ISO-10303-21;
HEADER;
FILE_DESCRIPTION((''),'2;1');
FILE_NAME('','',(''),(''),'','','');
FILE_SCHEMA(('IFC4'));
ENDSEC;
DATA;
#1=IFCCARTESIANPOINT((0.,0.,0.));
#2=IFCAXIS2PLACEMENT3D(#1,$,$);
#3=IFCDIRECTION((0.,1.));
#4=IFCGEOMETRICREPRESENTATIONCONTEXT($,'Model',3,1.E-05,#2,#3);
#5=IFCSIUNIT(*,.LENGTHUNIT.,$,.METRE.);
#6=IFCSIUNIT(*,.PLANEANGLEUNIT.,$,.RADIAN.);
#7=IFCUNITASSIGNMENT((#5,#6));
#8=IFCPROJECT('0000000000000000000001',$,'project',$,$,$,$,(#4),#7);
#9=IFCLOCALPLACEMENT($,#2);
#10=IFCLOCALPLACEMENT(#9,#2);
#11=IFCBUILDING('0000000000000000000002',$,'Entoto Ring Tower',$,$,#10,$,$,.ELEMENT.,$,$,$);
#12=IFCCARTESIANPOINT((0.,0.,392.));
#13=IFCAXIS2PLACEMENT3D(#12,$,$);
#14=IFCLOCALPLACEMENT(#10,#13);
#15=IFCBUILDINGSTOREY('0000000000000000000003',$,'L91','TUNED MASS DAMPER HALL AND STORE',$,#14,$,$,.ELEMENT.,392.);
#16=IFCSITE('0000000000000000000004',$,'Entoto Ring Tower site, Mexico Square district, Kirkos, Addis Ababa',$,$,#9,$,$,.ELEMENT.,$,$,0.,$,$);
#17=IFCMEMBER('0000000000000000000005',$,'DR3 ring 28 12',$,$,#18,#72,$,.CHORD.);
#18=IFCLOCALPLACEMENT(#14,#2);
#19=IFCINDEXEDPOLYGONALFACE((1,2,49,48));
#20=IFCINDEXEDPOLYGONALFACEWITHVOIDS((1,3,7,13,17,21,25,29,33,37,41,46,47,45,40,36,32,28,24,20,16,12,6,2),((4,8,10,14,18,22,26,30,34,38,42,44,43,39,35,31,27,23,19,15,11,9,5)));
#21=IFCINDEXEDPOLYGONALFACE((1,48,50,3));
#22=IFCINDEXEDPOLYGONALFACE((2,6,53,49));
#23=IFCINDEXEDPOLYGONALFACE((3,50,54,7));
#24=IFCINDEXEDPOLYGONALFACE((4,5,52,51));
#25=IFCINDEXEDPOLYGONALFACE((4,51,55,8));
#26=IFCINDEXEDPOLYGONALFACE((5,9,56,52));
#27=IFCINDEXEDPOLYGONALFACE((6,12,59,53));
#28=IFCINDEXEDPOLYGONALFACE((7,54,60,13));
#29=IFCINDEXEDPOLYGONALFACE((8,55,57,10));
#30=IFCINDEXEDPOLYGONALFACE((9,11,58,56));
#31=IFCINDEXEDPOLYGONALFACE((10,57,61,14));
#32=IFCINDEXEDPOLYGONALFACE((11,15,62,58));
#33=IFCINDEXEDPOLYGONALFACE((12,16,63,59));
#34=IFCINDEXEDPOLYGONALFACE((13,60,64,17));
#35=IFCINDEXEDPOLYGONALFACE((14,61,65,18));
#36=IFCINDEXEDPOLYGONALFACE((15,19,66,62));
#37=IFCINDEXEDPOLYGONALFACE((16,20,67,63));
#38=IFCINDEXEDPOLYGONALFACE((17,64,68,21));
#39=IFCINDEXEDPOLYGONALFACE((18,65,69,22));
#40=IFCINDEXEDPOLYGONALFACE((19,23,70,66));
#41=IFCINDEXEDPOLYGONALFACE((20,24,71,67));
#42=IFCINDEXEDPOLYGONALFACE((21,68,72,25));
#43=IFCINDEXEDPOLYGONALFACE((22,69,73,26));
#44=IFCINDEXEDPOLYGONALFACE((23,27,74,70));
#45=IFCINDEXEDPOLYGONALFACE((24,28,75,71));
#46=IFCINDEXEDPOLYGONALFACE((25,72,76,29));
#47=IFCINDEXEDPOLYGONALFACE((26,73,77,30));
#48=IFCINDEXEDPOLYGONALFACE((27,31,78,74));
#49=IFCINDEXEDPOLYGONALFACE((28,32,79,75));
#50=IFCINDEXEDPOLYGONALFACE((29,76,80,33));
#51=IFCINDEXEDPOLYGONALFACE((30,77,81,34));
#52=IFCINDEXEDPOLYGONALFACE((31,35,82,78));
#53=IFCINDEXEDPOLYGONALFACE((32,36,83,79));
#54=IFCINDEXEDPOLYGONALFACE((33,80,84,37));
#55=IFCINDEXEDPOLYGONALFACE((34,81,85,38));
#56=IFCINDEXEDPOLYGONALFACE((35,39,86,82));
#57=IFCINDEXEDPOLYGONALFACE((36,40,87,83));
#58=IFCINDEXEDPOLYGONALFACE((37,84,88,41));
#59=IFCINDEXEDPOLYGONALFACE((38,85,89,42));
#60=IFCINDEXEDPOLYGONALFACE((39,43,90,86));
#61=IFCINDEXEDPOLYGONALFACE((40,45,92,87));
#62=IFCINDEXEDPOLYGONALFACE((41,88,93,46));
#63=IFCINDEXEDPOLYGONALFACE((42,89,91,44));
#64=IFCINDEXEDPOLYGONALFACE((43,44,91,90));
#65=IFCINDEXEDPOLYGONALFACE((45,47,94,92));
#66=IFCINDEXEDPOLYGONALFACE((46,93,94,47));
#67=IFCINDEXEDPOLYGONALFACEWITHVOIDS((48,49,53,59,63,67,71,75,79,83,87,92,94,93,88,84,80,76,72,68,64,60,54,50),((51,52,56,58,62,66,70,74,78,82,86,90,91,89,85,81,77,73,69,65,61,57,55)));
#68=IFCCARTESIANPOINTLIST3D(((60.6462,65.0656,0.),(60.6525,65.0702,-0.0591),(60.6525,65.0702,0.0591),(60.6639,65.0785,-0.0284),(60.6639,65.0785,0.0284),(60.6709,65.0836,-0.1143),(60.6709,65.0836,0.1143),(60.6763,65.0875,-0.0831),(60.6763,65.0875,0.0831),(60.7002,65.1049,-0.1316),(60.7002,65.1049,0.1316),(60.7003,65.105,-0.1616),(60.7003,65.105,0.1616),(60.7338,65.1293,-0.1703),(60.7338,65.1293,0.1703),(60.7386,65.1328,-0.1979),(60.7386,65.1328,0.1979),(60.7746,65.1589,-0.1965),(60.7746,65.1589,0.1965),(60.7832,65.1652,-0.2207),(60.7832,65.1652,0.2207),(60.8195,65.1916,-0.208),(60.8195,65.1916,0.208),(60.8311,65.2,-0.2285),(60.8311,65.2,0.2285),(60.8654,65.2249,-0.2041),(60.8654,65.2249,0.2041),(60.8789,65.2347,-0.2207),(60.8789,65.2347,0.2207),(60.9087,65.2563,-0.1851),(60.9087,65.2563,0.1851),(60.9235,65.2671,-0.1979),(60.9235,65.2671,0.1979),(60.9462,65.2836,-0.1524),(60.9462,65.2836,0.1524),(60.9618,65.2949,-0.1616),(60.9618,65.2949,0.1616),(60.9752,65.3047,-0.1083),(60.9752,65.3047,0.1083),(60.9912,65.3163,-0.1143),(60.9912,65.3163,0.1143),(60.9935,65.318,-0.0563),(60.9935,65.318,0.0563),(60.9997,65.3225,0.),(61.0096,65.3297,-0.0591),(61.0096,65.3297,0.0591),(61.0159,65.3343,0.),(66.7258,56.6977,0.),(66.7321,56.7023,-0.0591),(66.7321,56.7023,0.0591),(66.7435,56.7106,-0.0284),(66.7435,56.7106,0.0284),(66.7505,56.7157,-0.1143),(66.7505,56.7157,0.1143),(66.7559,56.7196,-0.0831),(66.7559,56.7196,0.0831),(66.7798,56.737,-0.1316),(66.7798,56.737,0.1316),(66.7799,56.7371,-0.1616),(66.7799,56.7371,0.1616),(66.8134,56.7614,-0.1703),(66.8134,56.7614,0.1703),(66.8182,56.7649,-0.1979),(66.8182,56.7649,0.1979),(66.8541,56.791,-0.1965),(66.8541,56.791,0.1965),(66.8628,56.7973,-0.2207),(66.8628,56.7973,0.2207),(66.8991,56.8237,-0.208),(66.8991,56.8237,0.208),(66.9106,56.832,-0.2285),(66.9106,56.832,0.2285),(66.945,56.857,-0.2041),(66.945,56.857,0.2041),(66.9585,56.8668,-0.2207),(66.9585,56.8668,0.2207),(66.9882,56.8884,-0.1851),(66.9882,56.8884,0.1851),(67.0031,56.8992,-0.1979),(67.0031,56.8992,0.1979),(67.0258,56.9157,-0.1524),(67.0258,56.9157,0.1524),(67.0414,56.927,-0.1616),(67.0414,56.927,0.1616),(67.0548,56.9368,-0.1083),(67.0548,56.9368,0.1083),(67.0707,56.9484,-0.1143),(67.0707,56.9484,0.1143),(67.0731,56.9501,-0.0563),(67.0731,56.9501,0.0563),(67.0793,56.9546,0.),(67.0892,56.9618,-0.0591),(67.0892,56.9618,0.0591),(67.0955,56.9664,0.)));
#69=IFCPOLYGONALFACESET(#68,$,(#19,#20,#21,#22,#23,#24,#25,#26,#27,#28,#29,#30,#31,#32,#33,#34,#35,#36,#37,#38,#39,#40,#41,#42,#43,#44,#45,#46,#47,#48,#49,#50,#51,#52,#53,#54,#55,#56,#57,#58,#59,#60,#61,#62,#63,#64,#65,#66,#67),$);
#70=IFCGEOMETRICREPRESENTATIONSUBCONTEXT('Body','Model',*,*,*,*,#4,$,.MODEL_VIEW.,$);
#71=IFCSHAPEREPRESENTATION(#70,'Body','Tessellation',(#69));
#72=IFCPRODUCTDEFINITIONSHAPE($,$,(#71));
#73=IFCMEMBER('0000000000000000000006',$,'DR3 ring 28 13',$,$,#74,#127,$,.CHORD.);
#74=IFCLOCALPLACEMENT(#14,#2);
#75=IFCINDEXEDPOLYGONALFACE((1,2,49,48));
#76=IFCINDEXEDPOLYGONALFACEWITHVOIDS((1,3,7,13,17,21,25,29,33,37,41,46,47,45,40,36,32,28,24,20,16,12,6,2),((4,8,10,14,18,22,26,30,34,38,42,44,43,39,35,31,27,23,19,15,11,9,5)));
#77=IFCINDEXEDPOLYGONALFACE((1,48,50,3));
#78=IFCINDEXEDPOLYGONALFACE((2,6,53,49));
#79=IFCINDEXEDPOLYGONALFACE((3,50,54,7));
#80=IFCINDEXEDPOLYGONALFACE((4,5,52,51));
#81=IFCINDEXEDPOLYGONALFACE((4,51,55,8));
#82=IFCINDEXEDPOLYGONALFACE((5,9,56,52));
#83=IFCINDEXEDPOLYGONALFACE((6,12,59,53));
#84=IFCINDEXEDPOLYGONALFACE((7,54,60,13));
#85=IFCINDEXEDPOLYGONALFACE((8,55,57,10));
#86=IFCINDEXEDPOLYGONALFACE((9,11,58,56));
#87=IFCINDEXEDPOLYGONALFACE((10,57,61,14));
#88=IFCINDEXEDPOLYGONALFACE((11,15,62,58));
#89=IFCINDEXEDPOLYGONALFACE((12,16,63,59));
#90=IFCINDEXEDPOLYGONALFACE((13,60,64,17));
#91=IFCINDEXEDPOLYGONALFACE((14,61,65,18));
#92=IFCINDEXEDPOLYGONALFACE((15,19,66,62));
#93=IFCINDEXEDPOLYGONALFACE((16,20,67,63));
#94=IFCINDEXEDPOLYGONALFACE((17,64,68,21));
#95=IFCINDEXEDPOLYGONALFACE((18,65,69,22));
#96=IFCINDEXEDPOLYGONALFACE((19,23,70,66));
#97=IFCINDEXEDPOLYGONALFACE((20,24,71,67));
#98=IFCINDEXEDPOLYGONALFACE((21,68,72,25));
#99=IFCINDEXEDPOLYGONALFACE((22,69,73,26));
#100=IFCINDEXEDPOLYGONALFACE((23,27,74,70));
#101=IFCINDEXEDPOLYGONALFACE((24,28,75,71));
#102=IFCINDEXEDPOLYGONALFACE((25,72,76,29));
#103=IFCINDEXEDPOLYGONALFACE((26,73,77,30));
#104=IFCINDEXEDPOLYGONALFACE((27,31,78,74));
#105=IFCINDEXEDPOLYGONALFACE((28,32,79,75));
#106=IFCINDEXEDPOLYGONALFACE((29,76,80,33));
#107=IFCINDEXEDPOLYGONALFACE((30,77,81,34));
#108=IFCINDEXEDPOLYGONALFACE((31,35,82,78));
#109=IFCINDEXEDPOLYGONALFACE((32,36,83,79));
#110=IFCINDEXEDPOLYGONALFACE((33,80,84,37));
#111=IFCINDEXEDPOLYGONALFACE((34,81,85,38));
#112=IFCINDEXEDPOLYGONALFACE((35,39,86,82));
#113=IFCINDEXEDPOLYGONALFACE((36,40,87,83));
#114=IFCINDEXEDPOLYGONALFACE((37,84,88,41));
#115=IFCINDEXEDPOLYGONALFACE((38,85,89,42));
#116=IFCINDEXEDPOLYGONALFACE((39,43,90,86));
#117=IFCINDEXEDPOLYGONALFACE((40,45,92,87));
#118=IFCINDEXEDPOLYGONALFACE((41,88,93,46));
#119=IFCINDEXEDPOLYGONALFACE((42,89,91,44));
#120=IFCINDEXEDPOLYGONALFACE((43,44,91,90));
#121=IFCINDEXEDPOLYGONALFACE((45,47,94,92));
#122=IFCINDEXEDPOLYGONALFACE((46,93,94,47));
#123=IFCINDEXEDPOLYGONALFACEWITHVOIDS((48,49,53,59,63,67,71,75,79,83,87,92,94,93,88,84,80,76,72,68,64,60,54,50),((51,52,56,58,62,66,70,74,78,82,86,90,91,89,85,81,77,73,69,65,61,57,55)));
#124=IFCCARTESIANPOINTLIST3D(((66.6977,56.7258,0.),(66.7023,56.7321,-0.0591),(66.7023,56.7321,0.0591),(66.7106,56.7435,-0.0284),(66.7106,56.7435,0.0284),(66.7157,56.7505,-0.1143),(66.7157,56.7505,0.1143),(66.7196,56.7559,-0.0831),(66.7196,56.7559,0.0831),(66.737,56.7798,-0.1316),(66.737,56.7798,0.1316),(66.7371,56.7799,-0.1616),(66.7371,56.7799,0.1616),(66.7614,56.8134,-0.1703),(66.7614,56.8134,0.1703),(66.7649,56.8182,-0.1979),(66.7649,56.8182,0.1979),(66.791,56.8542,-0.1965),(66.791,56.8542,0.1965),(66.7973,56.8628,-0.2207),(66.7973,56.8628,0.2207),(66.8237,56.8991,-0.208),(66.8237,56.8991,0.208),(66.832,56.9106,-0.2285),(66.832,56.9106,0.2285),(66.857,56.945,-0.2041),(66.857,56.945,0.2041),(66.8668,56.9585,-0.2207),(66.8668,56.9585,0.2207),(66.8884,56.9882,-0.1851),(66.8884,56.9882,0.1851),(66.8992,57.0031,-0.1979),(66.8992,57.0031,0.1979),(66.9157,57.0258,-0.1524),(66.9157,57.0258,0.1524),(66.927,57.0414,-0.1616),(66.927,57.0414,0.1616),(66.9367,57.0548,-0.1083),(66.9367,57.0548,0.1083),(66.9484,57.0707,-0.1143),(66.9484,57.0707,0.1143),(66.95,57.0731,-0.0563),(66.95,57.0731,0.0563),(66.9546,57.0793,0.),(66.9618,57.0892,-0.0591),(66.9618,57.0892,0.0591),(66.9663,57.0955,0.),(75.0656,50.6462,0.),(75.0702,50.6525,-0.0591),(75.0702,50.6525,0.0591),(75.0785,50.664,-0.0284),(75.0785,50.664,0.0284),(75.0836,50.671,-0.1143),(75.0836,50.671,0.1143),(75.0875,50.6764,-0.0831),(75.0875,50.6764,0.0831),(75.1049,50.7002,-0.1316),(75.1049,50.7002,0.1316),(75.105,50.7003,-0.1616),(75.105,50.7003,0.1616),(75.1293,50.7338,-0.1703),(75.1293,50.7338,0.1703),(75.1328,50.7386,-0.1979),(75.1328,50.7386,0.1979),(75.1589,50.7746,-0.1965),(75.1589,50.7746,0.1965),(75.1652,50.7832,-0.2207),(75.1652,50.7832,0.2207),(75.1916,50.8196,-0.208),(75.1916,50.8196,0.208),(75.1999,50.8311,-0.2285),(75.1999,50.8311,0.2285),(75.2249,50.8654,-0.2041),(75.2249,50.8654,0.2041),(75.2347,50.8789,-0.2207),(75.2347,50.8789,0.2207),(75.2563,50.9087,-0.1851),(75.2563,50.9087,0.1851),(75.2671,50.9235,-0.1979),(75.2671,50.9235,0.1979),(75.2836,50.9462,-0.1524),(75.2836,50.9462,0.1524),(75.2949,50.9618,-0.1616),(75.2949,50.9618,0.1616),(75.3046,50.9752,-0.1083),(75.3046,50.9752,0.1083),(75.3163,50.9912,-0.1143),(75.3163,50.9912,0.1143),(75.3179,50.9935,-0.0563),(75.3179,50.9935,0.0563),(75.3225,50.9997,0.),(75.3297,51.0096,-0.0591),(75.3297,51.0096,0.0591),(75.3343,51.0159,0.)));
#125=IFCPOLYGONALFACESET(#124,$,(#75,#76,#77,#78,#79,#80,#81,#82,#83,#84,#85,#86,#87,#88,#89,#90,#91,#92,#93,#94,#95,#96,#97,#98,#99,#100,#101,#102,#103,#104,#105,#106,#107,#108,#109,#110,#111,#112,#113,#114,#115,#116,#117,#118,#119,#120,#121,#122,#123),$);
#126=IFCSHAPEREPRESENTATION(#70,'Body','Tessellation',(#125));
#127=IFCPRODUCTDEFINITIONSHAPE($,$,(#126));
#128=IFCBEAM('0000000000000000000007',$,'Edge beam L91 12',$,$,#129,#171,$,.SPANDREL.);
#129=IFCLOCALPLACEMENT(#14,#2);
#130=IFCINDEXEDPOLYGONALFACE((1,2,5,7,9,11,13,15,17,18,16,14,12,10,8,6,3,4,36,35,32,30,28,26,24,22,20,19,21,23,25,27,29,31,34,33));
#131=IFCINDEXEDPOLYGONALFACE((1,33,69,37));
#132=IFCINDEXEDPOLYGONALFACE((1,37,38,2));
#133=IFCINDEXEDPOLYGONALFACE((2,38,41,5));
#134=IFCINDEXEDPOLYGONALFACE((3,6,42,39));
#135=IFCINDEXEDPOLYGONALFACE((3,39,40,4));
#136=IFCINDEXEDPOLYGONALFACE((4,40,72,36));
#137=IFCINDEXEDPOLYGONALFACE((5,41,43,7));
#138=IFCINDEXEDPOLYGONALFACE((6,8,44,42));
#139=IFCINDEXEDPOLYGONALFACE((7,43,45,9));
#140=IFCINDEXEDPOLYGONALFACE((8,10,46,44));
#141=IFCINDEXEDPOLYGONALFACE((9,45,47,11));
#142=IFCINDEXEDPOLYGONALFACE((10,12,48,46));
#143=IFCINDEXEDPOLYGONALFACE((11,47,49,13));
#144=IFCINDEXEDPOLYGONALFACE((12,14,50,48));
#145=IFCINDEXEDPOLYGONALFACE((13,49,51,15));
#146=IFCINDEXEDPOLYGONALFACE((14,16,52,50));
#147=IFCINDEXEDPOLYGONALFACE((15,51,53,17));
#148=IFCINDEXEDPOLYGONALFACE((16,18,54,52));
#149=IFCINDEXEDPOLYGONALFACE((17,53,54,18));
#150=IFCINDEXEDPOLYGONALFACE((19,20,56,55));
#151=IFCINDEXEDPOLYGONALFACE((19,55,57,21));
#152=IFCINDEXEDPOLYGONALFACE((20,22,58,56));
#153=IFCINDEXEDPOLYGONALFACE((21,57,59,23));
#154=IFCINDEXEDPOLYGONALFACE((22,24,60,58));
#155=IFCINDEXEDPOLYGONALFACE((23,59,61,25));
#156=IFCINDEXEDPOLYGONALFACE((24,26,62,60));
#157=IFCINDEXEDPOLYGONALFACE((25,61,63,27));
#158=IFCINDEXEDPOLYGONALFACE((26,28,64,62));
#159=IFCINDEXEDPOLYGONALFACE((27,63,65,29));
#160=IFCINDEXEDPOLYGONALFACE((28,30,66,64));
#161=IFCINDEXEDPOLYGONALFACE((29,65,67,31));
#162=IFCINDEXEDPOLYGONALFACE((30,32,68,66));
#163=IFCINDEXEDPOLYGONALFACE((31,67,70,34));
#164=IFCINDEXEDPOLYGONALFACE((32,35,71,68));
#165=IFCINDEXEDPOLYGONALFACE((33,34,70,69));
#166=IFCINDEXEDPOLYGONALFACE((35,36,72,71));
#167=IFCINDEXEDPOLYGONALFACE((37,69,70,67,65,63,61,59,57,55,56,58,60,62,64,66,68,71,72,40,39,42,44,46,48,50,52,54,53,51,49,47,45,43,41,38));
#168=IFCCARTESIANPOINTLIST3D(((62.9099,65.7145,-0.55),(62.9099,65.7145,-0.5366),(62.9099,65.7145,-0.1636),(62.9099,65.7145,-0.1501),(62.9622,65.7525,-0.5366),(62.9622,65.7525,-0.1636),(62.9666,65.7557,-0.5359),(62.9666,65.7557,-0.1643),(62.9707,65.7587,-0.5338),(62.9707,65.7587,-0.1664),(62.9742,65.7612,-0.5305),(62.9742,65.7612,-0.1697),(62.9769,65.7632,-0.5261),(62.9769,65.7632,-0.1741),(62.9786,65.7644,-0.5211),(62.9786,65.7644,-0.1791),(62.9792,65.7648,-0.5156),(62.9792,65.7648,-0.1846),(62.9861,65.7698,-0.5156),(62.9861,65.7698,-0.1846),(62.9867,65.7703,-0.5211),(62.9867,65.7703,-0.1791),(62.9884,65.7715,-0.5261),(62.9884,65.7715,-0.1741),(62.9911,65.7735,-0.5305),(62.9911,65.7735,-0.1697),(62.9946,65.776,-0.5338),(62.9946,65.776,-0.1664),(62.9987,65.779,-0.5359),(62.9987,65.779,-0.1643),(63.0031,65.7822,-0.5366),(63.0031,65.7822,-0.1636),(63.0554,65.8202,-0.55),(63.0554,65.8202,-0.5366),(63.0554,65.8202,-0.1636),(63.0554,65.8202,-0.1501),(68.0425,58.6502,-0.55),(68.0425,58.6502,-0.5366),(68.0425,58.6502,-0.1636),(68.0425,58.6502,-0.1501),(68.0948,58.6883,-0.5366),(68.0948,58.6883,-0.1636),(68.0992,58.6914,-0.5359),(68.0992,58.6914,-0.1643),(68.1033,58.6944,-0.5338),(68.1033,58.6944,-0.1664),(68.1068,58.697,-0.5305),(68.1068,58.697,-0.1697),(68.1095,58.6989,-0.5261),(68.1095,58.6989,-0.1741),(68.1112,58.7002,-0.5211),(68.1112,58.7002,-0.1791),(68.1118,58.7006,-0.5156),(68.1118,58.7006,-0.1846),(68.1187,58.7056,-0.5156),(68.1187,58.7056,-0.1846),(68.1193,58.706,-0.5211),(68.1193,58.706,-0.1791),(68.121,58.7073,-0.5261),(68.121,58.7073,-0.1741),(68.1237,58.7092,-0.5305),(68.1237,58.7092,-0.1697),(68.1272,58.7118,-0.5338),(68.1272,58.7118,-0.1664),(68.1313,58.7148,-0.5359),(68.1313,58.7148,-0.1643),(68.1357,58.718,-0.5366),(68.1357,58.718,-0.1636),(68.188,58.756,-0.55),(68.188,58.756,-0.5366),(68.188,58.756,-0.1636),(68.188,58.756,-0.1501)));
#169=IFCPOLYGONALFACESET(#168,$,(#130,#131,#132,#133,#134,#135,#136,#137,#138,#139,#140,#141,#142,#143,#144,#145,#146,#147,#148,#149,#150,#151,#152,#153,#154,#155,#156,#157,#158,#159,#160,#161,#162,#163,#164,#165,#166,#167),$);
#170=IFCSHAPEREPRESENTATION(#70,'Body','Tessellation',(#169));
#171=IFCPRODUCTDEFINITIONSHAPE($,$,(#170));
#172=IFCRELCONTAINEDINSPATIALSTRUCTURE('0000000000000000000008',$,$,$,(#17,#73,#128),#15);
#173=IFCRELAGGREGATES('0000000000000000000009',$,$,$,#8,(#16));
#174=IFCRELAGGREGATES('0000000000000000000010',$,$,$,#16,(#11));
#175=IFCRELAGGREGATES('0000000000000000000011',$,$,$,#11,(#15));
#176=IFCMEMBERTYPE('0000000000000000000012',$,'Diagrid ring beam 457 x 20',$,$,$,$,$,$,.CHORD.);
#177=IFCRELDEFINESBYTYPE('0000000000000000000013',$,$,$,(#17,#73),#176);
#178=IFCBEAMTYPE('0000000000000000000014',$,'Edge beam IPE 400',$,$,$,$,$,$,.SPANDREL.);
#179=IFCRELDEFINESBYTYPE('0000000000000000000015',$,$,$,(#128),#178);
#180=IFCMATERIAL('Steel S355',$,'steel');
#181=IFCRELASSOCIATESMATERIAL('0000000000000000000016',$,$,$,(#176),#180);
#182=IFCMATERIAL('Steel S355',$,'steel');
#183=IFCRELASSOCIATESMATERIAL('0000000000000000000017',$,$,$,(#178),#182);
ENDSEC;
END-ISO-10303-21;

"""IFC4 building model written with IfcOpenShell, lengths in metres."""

from ifc_helpers import new_model, si_unit, direction, frame, origin, origin_2d, place, context, subcontext, project, spatial, circle, hollow_circle, i_section, extrude, material, material_profile, profile_set, type_object, element, save


model = new_model("IFC4")

# Units and contexts
model_context = context("Model", 3, precision=1e-05, world=origin(), true_north=direction((0.0, 1.0)))
body_context = subcontext(model_context, "Body", "Model", "MODEL_VIEW")
ifc_project = project(units=[si_unit("LENGTHUNIT", "METRE"), si_unit("PLANEANGLEUNIT", "RADIAN")], contexts=[model_context])

# Site, building, storey
site_placement = place(None, origin())
site = spatial("IfcSite", under=ifc_project, at=site_placement, Name="Entoto Ring Tower site, Mexico Square district, Kirkos, Addis Ababa", CompositionType="ELEMENT", RefElevation=0.0)
building_placement = place(site_placement, origin())
building = spatial("IfcBuilding", under=site, at=building_placement, Name="Entoto Ring Tower", CompositionType="ELEMENT")
storey_placement = place(building_placement, frame((0.0, 0.0, 392.0)))
storey = spatial("IfcBuildingStorey", under=building, at=storey_placement, Name="L91", Description="TUNED MASS DAMPER HALL AND STORE", CompositionType="ELEMENT", Elevation=392.0)

# Members
ifc_material_1 = material(Name="Steel S355", Category="steel")
ifc_material_profile_1 = material_profile(ifc_material_1, hollow_circle(Radius=0.2285, WallThickness=0.02, at=origin_2d()), Name="CHS 457 x 20")
ifc_material_2 = material(Name="Concrete C60/75", Category="concrete")
ifc_material_profile_2 = material_profile(ifc_material_2, circle(Radius=0.2085, at=origin_2d()), Name="Concrete C60/75 infill")
ifc_profile_set_1 = profile_set([ifc_material_profile_1, ifc_material_profile_2], Name="Steel S355")
member_type_1 = type_object("IfcMemberType", Name="Diagrid ring beam 457 x 20", PredefinedType="CHORD", material=ifc_profile_set_1)
for number, where, z_axis, x_axis, name in (
    (1, (60.8311, 65.2, 0.0), (0.587781, -0.80902, 0.0), (0.80902, 0.587781, 0.0), "DR3 ring 28 12"),
    (2, (66.832, 56.9106, 0.0), (0.80902, -0.587781, 0.0), (0.587781, 0.80902, 0.0), "DR3 ring 28 13"),
):
    element("IfcMember", number, at=place(storey_placement, frame(where, z_axis=z_axis, x_axis=x_axis)), inside=storey, type_object=member_type_1, Name=name, PredefinedType="CHORD", context=body_context, shape_type="SweptSolid", body=[
        extrude(hollow_circle(Radius=0.2285, WallThickness=0.02, at=origin_2d()), origin(), (0.0, 0.0, 1.0), 10.3433),
    ])

# Beam
ifc_material_3 = material(Name="Steel S355", Category="steel")
ifc_material_profile_3 = material_profile(ifc_material_3, i_section(OverallWidth=0.1799, OverallDepth=0.3999, WebThickness=0.0085, FlangeThickness=0.0134, FilletRadius=0.021, at=origin_2d()), Name="IPE 400")
ifc_profile_set_2 = profile_set([ifc_material_profile_3], Name="Steel S355")
beam_type = type_object("IfcBeamType", Name="Edge beam IPE 400", PredefinedType="SPANDREL", material=ifc_profile_set_2)
beam_placement = place(storey_placement, frame((62.9827, 65.7673, -0.3501), z_axis=(0.587794, -0.80901, 0.0), x_axis=(0.80901, 0.587794, 0.0)))
element("IfcBeam", 3, at=beam_placement, inside=storey, type_object=beam_type, Name="Edge beam L91 12", PredefinedType="SPANDREL", context=body_context, shape_type="SweptSolid", body=[
    extrude(i_section(OverallWidth=0.1799, OverallDepth=0.3999, WebThickness=0.0085, FlangeThickness=0.0134, FilletRadius=0.021, at=origin_2d()), origin(), (0.0, 0.0, 1.0), 8.7319),
])

save(model, "model.ifc")
